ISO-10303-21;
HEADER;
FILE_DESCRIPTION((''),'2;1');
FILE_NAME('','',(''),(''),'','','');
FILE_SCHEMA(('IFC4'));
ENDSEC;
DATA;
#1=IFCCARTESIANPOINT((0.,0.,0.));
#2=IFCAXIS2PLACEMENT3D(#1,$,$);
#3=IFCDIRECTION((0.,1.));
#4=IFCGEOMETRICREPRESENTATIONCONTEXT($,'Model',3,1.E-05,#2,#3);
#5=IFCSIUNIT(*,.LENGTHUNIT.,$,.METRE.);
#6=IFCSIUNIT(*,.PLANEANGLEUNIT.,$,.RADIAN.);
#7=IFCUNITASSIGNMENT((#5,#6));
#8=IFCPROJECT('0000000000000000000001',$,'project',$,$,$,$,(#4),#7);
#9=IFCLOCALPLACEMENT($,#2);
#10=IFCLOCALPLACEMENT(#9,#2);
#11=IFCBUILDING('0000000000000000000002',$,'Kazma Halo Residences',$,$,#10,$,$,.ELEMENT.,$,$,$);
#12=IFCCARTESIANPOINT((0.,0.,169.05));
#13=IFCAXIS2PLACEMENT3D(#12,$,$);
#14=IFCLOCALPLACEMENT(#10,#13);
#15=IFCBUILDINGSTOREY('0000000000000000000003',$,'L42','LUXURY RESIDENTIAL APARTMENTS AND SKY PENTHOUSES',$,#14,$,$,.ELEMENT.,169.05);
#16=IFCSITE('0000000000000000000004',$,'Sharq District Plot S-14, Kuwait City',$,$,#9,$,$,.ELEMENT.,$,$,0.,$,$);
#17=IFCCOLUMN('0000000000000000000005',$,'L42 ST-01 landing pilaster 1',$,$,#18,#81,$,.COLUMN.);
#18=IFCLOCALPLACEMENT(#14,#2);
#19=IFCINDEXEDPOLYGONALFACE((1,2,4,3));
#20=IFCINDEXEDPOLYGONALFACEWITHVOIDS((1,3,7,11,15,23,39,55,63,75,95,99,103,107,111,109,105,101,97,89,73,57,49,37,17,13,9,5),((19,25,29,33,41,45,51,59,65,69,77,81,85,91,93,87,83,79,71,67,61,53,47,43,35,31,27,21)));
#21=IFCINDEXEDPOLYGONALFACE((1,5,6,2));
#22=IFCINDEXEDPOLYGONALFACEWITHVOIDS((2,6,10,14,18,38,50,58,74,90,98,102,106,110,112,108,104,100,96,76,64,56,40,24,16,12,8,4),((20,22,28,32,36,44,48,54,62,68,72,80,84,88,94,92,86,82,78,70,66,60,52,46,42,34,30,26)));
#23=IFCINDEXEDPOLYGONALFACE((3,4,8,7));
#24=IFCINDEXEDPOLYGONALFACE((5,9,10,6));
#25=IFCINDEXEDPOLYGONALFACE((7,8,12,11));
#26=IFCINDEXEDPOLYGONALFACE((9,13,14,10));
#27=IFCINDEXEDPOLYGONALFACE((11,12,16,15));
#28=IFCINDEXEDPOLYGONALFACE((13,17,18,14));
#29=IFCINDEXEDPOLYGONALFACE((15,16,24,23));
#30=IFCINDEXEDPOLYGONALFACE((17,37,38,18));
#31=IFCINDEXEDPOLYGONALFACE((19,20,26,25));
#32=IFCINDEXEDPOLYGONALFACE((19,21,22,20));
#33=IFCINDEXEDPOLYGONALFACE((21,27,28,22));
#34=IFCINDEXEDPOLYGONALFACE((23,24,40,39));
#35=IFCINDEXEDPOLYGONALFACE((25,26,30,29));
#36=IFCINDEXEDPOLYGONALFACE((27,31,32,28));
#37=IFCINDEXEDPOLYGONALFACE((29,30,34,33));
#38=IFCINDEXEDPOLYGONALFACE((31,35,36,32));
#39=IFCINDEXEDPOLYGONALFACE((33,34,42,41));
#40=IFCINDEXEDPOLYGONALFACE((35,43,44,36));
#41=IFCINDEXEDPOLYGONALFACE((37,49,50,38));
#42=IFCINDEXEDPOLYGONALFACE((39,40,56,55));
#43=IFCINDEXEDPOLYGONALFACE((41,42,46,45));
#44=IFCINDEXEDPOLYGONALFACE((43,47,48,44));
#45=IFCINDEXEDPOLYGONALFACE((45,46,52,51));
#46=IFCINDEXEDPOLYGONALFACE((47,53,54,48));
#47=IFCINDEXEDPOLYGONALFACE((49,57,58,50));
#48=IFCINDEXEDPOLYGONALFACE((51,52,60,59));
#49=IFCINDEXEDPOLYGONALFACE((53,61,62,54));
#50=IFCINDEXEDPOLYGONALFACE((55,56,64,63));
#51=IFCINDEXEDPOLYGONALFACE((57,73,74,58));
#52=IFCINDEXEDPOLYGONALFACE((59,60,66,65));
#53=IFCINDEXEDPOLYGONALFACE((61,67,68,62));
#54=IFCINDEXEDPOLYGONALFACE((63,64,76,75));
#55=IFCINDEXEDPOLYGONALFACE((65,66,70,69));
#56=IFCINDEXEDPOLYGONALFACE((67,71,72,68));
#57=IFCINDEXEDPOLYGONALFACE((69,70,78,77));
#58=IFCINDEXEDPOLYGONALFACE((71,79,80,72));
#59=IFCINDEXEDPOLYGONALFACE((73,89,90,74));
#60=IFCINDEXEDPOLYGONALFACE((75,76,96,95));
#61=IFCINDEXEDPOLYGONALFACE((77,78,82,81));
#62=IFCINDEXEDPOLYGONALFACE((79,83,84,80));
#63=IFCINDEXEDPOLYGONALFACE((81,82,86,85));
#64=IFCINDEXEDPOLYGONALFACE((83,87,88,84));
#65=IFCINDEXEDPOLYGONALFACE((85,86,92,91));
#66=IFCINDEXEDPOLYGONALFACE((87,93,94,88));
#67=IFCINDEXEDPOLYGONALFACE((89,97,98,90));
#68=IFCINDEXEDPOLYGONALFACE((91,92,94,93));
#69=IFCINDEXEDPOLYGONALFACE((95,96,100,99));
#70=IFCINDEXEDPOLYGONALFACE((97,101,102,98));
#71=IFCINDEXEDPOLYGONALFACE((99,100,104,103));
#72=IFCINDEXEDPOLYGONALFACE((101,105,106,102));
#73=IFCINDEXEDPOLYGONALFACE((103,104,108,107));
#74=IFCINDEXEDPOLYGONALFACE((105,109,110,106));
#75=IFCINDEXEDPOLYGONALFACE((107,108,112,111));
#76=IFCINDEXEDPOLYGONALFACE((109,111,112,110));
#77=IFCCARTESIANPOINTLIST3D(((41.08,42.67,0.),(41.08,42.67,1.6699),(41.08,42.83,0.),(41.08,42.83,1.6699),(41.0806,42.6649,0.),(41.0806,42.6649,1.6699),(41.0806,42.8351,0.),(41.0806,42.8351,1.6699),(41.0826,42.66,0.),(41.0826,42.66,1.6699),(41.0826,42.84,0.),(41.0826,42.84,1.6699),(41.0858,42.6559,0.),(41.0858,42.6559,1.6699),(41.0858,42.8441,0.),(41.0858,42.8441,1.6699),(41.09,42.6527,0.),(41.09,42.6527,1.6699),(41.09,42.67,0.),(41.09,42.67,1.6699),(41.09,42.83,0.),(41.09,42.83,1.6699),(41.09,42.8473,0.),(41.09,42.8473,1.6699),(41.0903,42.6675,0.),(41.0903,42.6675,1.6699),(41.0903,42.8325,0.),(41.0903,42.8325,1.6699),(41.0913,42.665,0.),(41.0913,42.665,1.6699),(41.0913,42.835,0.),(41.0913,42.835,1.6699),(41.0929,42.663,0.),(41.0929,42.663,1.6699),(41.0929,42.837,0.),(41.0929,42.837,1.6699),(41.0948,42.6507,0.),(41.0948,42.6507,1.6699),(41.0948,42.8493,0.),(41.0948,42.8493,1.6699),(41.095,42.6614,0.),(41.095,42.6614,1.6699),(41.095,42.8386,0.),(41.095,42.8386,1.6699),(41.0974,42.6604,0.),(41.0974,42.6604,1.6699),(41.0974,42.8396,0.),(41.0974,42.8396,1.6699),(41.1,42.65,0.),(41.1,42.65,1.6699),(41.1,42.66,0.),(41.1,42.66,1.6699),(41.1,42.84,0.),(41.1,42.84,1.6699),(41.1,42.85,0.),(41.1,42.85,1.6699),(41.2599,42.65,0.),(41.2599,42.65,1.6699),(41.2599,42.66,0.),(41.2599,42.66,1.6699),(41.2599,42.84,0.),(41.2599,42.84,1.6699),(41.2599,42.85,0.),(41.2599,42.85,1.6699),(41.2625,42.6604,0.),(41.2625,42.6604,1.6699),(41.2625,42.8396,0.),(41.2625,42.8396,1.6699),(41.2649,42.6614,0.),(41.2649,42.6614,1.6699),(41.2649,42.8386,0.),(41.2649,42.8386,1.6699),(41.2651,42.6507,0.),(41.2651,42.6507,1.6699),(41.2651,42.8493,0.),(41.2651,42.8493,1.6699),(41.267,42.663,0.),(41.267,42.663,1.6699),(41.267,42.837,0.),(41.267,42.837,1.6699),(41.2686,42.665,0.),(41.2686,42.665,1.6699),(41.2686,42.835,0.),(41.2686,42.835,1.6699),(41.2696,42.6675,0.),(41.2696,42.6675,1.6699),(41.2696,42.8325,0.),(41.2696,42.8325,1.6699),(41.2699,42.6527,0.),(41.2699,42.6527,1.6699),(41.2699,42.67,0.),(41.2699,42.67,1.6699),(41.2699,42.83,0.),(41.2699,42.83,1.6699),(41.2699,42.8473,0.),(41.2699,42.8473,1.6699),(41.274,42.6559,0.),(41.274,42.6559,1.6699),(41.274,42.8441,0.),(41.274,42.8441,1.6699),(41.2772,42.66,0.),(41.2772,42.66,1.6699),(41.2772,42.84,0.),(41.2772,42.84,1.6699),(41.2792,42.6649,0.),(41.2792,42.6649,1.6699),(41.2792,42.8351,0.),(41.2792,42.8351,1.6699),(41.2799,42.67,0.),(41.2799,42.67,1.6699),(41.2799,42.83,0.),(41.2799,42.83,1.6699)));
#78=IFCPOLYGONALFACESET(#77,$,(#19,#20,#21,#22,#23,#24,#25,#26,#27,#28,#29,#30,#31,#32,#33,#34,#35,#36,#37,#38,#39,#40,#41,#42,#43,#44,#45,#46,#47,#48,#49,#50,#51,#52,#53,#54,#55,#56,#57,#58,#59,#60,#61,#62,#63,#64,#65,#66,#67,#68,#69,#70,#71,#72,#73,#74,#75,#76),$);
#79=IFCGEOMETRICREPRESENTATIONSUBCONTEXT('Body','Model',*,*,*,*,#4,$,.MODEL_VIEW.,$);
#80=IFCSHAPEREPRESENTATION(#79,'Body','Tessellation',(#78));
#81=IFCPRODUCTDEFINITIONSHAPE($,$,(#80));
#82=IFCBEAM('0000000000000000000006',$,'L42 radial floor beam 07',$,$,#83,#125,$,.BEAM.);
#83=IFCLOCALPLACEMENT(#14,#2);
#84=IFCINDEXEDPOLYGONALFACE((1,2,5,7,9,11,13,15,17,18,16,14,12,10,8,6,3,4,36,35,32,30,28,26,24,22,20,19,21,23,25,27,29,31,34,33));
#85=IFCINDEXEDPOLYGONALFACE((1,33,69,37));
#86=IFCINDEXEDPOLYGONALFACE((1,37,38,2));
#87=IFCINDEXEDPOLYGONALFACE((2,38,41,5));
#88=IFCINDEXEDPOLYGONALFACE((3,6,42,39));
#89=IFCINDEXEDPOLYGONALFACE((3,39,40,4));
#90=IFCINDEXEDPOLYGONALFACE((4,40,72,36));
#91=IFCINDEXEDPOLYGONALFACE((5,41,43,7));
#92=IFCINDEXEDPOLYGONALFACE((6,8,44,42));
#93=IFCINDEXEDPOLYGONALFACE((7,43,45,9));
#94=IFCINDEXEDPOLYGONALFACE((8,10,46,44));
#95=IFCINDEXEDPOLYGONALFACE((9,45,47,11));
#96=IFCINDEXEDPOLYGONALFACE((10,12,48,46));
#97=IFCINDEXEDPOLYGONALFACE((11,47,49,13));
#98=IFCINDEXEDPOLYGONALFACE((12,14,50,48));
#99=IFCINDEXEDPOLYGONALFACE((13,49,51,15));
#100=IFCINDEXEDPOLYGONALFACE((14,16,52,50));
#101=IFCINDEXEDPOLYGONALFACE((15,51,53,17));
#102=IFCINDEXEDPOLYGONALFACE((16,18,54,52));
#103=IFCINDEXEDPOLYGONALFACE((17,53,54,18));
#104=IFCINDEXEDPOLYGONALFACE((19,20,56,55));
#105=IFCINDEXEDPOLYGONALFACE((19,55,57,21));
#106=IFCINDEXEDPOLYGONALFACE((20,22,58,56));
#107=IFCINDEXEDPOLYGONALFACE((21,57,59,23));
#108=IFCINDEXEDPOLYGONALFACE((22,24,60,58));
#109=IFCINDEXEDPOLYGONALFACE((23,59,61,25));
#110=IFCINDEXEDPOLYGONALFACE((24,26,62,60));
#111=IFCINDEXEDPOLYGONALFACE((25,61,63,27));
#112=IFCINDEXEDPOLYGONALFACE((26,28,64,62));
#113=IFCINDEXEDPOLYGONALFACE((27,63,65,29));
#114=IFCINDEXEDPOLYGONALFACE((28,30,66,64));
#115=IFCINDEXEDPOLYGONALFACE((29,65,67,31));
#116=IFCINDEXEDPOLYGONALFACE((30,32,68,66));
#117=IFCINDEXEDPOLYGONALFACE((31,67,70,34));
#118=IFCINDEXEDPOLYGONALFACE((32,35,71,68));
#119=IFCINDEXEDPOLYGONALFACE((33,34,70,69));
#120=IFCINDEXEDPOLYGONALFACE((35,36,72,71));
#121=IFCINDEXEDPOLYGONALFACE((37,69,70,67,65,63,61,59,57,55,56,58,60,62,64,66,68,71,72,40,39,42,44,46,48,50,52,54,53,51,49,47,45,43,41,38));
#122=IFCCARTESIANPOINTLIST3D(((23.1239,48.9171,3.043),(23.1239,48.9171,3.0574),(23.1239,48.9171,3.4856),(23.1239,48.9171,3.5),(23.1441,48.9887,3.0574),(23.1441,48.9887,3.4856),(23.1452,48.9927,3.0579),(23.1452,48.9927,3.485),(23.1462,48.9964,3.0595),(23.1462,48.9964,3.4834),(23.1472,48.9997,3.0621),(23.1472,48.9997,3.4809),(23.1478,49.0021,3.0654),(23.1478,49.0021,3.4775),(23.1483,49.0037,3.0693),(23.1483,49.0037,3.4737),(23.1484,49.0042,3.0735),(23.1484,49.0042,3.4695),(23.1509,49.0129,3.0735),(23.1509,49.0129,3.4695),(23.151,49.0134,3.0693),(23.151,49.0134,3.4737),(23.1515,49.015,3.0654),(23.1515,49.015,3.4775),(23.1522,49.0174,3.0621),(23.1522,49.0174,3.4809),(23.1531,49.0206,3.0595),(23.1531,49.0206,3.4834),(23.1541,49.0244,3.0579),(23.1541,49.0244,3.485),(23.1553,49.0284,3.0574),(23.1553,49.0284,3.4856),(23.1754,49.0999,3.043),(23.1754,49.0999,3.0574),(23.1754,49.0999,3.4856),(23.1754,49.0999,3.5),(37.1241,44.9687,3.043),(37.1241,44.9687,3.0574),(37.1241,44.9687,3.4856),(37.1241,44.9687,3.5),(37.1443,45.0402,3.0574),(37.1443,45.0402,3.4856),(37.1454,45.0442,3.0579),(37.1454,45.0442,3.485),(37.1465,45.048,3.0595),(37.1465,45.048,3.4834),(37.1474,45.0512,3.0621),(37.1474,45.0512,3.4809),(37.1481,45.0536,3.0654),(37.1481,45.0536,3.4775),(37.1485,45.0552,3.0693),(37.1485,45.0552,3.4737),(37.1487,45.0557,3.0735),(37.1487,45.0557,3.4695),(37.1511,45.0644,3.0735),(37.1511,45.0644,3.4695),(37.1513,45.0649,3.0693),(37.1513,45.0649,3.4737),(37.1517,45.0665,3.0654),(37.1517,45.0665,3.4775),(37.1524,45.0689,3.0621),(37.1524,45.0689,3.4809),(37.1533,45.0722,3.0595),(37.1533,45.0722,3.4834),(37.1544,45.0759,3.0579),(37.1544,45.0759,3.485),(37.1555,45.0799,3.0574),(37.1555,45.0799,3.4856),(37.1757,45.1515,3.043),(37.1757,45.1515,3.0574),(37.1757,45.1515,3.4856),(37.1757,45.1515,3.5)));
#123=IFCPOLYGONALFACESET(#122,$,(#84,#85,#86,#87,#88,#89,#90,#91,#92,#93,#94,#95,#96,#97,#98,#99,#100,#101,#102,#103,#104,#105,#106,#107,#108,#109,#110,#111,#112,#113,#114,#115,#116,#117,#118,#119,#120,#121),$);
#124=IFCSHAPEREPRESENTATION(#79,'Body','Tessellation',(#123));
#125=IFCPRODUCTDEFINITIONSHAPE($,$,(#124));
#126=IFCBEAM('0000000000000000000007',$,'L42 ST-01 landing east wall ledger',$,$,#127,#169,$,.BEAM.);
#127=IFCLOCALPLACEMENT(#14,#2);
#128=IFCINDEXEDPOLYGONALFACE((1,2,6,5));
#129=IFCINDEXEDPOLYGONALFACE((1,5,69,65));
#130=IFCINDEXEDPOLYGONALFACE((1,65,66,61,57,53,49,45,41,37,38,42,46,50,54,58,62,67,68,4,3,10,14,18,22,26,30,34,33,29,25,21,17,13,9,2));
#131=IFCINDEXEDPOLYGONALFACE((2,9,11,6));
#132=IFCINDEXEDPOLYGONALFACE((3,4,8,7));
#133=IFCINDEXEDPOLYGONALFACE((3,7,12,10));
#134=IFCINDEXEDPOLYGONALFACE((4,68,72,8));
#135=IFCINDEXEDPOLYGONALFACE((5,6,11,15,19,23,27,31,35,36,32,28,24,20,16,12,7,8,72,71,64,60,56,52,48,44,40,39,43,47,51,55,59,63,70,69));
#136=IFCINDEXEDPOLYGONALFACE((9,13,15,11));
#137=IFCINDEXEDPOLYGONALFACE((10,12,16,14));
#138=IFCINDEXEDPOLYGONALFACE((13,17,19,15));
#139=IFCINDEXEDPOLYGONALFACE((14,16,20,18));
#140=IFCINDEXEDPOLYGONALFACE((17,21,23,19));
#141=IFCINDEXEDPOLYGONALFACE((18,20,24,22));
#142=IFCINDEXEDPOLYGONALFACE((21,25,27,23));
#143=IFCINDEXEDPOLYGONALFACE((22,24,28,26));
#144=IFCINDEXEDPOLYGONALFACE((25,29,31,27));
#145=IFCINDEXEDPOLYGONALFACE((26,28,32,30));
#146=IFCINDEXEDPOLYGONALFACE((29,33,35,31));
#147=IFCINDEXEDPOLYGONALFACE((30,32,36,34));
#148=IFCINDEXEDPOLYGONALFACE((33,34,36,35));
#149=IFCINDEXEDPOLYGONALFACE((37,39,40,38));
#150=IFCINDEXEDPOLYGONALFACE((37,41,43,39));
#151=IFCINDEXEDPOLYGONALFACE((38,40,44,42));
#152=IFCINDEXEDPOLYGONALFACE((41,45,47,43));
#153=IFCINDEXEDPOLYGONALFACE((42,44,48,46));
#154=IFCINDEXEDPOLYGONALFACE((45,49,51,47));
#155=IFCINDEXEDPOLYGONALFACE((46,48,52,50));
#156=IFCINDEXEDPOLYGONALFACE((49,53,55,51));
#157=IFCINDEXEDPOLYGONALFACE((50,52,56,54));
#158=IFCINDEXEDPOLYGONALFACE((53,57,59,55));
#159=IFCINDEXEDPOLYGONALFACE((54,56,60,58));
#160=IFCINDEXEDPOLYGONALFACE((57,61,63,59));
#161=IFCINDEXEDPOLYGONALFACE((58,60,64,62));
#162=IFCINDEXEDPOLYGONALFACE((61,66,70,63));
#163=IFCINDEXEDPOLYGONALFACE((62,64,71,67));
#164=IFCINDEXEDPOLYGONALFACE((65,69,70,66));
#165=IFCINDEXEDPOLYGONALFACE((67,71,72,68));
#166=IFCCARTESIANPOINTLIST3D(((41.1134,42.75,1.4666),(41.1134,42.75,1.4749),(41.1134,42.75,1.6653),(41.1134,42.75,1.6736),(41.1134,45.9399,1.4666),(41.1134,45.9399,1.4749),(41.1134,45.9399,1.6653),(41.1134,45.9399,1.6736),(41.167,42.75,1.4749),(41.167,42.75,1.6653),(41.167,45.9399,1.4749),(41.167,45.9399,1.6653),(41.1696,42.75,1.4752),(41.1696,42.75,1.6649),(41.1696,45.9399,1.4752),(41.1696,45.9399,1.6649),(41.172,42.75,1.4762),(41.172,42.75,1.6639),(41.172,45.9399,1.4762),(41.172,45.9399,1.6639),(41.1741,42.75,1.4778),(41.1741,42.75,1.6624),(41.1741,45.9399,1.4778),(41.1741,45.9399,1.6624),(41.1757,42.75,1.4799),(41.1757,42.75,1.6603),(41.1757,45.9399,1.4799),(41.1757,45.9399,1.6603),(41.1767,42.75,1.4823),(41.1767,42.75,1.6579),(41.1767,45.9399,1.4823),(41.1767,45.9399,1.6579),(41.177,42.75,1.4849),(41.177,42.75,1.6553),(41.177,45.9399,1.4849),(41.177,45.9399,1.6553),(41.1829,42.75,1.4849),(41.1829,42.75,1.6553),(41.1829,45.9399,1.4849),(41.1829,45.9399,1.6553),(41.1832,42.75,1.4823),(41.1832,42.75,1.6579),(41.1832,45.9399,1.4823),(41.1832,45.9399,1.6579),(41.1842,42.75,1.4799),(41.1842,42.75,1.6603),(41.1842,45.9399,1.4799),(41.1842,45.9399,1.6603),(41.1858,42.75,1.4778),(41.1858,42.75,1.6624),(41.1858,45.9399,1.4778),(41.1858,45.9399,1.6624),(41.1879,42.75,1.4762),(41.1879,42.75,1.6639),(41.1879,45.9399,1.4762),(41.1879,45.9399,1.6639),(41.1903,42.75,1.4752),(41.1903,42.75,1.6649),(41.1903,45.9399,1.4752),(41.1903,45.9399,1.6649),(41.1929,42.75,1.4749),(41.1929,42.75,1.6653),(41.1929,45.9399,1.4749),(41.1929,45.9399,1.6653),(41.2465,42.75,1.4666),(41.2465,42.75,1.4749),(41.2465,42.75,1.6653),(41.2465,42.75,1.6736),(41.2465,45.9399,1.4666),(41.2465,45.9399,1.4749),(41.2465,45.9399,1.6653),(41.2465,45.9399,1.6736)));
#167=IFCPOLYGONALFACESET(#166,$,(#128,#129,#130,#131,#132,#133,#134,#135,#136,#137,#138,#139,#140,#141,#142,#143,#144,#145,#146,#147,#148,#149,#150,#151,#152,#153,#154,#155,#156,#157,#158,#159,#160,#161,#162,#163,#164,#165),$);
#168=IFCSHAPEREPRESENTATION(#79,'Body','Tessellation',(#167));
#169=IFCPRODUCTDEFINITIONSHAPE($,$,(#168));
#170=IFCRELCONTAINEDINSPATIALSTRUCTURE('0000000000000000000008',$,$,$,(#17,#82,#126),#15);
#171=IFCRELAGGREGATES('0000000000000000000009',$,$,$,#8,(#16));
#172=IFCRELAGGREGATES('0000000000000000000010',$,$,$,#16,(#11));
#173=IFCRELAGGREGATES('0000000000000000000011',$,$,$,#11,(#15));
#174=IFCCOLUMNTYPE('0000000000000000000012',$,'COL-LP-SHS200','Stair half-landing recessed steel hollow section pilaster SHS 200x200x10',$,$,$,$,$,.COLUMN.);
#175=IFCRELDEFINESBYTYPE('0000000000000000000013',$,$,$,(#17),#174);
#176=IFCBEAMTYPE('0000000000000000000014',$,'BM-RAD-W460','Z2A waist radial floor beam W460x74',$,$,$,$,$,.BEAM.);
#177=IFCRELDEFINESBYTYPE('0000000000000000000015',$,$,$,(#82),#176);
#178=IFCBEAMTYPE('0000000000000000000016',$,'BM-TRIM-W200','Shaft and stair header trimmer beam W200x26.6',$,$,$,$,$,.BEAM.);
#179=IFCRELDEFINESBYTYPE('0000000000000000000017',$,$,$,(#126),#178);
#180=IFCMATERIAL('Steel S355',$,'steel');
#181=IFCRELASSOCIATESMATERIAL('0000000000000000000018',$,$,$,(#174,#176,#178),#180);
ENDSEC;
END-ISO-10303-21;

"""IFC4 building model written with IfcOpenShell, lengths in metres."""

from ifc_helpers import new_model, si_unit, direction, frame, origin, origin_2d, place, context, subcontext, project, spatial, hollow_rectangle, i_section, extrude, material, material_profile, profile_set, type_object, element, save


model = new_model("IFC4")

# Units and contexts
model_context = context("Model", 3, precision=1e-05, world=origin(), true_north=direction((0.0, 1.0)))
body_context = subcontext(model_context, "Body", "Model", "MODEL_VIEW")
ifc_project = project(units=[si_unit("LENGTHUNIT", "METRE"), si_unit("PLANEANGLEUNIT", "RADIAN")], contexts=[model_context])

# Site, building, storey
site_placement = place(None, origin())
site = spatial("IfcSite", under=ifc_project, at=site_placement, Name="Sharq District Plot S-14, Kuwait City", CompositionType="ELEMENT", RefElevation=0.0)
building_placement = place(site_placement, origin())
building = spatial("IfcBuilding", under=site, at=building_placement, Name="Kazma Halo Residences", CompositionType="ELEMENT")
storey_placement = place(building_placement, frame((0.0, 0.0, 169.05)))
storey = spatial("IfcBuildingStorey", under=building, at=storey_placement, Name="L42", Description="LUXURY RESIDENTIAL APARTMENTS AND SKY PENTHOUSES", CompositionType="ELEMENT", Elevation=169.05)

# Column
ifc_material_1 = material(Name="Steel S355", Category="steel")
ifc_material_profile_1 = material_profile(ifc_material_1, hollow_rectangle(XDim=0.2, YDim=0.2, WallThickness=0.01, InnerFilletRadius=0.01, OuterFilletRadius=0.02, at=origin_2d()), Name="SHS200x200x10")
ifc_profile_set_1 = profile_set([ifc_material_profile_1], Name="Steel S355")
column_type = type_object("IfcColumnType", Name="COL-LP-SHS200", Description="Stair half-landing recessed steel hollow section pilaster SHS 200x200x10", PredefinedType="COLUMN", material=ifc_profile_set_1)
column_placement = place(storey_placement, frame((41.1799, 42.75, 0.0), z_axis=(0.0, 0.0, 1.0), x_axis=(1.0, 0.0, 0.0)))
element("IfcColumn", 1, at=column_placement, inside=storey, type_object=column_type, Name="L42 ST-01 landing pilaster 1", PredefinedType="COLUMN", context=body_context, shape_type="SweptSolid", body=[
    extrude(hollow_rectangle(XDim=0.2, YDim=0.2, WallThickness=0.01, InnerFilletRadius=0.01, OuterFilletRadius=0.02, at=origin_2d()), origin(), (0.0, 0.0, 1.0), 1.6699),
])

# Beams
ifc_material_profile_2 = material_profile(ifc_material_1, i_section(OverallWidth=0.1899, OverallDepth=0.457, WebThickness=0.009, FlangeThickness=0.0144, FilletRadius=0.0161, at=origin_2d()), Name="W460x74")
ifc_profile_set_2 = profile_set([ifc_material_profile_2], Name="Steel S355")
beam_type_1 = type_object("IfcBeamType", Name="BM-RAD-W460", Description="Z2A waist radial floor beam W460x74", PredefinedType="BEAM", material=ifc_profile_set_2)
beam_1_placement = place(storey_placement, frame((37.1499, 45.0601, 3.2715), z_axis=(-0.962455, 0.271441, 0.0), x_axis=(-0.271441, -0.962455, 0.0)))
element("IfcBeam", 2, at=beam_1_placement, inside=storey, type_object=beam_type_1, Name="L42 radial floor beam 07", PredefinedType="BEAM", context=body_context, shape_type="SweptSolid", body=[
    extrude(i_section(OverallWidth=0.1899, OverallDepth=0.457, WebThickness=0.009, FlangeThickness=0.0144, FilletRadius=0.0161, at=origin_2d()), origin(), (0.0, 0.0, 1.0), 14.5464),
])
ifc_material_profile_3 = material_profile(ifc_material_1, i_section(OverallWidth=0.1331, OverallDepth=0.207, WebThickness=0.0059, FlangeThickness=0.0083, FilletRadius=0.01, at=origin_2d()), Name="W200x26.6")
ifc_profile_set_3 = profile_set([ifc_material_profile_3], Name="Steel S355")
beam_type_2 = type_object("IfcBeamType", Name="BM-TRIM-W200", Description="Shaft and stair header trimmer beam W200x26.6", PredefinedType="BEAM", material=ifc_profile_set_3)
beam_2_placement = place(storey_placement, frame((41.1799, 42.75, 1.5701), z_axis=(0.0, 1.0, 0.0), x_axis=(-1.0, 0.0, 0.0)))
element("IfcBeam", 3, at=beam_2_placement, inside=storey, type_object=beam_type_2, Name="L42 ST-01 landing east wall ledger", PredefinedType="BEAM", context=body_context, shape_type="SweptSolid", body=[
    extrude(i_section(OverallWidth=0.1331, OverallDepth=0.207, WebThickness=0.0059, FlangeThickness=0.0083, FilletRadius=0.01, at=origin_2d()), origin(), (0.0, 0.0, 1.0), 3.1899),
])

save(model, "model.ifc")
